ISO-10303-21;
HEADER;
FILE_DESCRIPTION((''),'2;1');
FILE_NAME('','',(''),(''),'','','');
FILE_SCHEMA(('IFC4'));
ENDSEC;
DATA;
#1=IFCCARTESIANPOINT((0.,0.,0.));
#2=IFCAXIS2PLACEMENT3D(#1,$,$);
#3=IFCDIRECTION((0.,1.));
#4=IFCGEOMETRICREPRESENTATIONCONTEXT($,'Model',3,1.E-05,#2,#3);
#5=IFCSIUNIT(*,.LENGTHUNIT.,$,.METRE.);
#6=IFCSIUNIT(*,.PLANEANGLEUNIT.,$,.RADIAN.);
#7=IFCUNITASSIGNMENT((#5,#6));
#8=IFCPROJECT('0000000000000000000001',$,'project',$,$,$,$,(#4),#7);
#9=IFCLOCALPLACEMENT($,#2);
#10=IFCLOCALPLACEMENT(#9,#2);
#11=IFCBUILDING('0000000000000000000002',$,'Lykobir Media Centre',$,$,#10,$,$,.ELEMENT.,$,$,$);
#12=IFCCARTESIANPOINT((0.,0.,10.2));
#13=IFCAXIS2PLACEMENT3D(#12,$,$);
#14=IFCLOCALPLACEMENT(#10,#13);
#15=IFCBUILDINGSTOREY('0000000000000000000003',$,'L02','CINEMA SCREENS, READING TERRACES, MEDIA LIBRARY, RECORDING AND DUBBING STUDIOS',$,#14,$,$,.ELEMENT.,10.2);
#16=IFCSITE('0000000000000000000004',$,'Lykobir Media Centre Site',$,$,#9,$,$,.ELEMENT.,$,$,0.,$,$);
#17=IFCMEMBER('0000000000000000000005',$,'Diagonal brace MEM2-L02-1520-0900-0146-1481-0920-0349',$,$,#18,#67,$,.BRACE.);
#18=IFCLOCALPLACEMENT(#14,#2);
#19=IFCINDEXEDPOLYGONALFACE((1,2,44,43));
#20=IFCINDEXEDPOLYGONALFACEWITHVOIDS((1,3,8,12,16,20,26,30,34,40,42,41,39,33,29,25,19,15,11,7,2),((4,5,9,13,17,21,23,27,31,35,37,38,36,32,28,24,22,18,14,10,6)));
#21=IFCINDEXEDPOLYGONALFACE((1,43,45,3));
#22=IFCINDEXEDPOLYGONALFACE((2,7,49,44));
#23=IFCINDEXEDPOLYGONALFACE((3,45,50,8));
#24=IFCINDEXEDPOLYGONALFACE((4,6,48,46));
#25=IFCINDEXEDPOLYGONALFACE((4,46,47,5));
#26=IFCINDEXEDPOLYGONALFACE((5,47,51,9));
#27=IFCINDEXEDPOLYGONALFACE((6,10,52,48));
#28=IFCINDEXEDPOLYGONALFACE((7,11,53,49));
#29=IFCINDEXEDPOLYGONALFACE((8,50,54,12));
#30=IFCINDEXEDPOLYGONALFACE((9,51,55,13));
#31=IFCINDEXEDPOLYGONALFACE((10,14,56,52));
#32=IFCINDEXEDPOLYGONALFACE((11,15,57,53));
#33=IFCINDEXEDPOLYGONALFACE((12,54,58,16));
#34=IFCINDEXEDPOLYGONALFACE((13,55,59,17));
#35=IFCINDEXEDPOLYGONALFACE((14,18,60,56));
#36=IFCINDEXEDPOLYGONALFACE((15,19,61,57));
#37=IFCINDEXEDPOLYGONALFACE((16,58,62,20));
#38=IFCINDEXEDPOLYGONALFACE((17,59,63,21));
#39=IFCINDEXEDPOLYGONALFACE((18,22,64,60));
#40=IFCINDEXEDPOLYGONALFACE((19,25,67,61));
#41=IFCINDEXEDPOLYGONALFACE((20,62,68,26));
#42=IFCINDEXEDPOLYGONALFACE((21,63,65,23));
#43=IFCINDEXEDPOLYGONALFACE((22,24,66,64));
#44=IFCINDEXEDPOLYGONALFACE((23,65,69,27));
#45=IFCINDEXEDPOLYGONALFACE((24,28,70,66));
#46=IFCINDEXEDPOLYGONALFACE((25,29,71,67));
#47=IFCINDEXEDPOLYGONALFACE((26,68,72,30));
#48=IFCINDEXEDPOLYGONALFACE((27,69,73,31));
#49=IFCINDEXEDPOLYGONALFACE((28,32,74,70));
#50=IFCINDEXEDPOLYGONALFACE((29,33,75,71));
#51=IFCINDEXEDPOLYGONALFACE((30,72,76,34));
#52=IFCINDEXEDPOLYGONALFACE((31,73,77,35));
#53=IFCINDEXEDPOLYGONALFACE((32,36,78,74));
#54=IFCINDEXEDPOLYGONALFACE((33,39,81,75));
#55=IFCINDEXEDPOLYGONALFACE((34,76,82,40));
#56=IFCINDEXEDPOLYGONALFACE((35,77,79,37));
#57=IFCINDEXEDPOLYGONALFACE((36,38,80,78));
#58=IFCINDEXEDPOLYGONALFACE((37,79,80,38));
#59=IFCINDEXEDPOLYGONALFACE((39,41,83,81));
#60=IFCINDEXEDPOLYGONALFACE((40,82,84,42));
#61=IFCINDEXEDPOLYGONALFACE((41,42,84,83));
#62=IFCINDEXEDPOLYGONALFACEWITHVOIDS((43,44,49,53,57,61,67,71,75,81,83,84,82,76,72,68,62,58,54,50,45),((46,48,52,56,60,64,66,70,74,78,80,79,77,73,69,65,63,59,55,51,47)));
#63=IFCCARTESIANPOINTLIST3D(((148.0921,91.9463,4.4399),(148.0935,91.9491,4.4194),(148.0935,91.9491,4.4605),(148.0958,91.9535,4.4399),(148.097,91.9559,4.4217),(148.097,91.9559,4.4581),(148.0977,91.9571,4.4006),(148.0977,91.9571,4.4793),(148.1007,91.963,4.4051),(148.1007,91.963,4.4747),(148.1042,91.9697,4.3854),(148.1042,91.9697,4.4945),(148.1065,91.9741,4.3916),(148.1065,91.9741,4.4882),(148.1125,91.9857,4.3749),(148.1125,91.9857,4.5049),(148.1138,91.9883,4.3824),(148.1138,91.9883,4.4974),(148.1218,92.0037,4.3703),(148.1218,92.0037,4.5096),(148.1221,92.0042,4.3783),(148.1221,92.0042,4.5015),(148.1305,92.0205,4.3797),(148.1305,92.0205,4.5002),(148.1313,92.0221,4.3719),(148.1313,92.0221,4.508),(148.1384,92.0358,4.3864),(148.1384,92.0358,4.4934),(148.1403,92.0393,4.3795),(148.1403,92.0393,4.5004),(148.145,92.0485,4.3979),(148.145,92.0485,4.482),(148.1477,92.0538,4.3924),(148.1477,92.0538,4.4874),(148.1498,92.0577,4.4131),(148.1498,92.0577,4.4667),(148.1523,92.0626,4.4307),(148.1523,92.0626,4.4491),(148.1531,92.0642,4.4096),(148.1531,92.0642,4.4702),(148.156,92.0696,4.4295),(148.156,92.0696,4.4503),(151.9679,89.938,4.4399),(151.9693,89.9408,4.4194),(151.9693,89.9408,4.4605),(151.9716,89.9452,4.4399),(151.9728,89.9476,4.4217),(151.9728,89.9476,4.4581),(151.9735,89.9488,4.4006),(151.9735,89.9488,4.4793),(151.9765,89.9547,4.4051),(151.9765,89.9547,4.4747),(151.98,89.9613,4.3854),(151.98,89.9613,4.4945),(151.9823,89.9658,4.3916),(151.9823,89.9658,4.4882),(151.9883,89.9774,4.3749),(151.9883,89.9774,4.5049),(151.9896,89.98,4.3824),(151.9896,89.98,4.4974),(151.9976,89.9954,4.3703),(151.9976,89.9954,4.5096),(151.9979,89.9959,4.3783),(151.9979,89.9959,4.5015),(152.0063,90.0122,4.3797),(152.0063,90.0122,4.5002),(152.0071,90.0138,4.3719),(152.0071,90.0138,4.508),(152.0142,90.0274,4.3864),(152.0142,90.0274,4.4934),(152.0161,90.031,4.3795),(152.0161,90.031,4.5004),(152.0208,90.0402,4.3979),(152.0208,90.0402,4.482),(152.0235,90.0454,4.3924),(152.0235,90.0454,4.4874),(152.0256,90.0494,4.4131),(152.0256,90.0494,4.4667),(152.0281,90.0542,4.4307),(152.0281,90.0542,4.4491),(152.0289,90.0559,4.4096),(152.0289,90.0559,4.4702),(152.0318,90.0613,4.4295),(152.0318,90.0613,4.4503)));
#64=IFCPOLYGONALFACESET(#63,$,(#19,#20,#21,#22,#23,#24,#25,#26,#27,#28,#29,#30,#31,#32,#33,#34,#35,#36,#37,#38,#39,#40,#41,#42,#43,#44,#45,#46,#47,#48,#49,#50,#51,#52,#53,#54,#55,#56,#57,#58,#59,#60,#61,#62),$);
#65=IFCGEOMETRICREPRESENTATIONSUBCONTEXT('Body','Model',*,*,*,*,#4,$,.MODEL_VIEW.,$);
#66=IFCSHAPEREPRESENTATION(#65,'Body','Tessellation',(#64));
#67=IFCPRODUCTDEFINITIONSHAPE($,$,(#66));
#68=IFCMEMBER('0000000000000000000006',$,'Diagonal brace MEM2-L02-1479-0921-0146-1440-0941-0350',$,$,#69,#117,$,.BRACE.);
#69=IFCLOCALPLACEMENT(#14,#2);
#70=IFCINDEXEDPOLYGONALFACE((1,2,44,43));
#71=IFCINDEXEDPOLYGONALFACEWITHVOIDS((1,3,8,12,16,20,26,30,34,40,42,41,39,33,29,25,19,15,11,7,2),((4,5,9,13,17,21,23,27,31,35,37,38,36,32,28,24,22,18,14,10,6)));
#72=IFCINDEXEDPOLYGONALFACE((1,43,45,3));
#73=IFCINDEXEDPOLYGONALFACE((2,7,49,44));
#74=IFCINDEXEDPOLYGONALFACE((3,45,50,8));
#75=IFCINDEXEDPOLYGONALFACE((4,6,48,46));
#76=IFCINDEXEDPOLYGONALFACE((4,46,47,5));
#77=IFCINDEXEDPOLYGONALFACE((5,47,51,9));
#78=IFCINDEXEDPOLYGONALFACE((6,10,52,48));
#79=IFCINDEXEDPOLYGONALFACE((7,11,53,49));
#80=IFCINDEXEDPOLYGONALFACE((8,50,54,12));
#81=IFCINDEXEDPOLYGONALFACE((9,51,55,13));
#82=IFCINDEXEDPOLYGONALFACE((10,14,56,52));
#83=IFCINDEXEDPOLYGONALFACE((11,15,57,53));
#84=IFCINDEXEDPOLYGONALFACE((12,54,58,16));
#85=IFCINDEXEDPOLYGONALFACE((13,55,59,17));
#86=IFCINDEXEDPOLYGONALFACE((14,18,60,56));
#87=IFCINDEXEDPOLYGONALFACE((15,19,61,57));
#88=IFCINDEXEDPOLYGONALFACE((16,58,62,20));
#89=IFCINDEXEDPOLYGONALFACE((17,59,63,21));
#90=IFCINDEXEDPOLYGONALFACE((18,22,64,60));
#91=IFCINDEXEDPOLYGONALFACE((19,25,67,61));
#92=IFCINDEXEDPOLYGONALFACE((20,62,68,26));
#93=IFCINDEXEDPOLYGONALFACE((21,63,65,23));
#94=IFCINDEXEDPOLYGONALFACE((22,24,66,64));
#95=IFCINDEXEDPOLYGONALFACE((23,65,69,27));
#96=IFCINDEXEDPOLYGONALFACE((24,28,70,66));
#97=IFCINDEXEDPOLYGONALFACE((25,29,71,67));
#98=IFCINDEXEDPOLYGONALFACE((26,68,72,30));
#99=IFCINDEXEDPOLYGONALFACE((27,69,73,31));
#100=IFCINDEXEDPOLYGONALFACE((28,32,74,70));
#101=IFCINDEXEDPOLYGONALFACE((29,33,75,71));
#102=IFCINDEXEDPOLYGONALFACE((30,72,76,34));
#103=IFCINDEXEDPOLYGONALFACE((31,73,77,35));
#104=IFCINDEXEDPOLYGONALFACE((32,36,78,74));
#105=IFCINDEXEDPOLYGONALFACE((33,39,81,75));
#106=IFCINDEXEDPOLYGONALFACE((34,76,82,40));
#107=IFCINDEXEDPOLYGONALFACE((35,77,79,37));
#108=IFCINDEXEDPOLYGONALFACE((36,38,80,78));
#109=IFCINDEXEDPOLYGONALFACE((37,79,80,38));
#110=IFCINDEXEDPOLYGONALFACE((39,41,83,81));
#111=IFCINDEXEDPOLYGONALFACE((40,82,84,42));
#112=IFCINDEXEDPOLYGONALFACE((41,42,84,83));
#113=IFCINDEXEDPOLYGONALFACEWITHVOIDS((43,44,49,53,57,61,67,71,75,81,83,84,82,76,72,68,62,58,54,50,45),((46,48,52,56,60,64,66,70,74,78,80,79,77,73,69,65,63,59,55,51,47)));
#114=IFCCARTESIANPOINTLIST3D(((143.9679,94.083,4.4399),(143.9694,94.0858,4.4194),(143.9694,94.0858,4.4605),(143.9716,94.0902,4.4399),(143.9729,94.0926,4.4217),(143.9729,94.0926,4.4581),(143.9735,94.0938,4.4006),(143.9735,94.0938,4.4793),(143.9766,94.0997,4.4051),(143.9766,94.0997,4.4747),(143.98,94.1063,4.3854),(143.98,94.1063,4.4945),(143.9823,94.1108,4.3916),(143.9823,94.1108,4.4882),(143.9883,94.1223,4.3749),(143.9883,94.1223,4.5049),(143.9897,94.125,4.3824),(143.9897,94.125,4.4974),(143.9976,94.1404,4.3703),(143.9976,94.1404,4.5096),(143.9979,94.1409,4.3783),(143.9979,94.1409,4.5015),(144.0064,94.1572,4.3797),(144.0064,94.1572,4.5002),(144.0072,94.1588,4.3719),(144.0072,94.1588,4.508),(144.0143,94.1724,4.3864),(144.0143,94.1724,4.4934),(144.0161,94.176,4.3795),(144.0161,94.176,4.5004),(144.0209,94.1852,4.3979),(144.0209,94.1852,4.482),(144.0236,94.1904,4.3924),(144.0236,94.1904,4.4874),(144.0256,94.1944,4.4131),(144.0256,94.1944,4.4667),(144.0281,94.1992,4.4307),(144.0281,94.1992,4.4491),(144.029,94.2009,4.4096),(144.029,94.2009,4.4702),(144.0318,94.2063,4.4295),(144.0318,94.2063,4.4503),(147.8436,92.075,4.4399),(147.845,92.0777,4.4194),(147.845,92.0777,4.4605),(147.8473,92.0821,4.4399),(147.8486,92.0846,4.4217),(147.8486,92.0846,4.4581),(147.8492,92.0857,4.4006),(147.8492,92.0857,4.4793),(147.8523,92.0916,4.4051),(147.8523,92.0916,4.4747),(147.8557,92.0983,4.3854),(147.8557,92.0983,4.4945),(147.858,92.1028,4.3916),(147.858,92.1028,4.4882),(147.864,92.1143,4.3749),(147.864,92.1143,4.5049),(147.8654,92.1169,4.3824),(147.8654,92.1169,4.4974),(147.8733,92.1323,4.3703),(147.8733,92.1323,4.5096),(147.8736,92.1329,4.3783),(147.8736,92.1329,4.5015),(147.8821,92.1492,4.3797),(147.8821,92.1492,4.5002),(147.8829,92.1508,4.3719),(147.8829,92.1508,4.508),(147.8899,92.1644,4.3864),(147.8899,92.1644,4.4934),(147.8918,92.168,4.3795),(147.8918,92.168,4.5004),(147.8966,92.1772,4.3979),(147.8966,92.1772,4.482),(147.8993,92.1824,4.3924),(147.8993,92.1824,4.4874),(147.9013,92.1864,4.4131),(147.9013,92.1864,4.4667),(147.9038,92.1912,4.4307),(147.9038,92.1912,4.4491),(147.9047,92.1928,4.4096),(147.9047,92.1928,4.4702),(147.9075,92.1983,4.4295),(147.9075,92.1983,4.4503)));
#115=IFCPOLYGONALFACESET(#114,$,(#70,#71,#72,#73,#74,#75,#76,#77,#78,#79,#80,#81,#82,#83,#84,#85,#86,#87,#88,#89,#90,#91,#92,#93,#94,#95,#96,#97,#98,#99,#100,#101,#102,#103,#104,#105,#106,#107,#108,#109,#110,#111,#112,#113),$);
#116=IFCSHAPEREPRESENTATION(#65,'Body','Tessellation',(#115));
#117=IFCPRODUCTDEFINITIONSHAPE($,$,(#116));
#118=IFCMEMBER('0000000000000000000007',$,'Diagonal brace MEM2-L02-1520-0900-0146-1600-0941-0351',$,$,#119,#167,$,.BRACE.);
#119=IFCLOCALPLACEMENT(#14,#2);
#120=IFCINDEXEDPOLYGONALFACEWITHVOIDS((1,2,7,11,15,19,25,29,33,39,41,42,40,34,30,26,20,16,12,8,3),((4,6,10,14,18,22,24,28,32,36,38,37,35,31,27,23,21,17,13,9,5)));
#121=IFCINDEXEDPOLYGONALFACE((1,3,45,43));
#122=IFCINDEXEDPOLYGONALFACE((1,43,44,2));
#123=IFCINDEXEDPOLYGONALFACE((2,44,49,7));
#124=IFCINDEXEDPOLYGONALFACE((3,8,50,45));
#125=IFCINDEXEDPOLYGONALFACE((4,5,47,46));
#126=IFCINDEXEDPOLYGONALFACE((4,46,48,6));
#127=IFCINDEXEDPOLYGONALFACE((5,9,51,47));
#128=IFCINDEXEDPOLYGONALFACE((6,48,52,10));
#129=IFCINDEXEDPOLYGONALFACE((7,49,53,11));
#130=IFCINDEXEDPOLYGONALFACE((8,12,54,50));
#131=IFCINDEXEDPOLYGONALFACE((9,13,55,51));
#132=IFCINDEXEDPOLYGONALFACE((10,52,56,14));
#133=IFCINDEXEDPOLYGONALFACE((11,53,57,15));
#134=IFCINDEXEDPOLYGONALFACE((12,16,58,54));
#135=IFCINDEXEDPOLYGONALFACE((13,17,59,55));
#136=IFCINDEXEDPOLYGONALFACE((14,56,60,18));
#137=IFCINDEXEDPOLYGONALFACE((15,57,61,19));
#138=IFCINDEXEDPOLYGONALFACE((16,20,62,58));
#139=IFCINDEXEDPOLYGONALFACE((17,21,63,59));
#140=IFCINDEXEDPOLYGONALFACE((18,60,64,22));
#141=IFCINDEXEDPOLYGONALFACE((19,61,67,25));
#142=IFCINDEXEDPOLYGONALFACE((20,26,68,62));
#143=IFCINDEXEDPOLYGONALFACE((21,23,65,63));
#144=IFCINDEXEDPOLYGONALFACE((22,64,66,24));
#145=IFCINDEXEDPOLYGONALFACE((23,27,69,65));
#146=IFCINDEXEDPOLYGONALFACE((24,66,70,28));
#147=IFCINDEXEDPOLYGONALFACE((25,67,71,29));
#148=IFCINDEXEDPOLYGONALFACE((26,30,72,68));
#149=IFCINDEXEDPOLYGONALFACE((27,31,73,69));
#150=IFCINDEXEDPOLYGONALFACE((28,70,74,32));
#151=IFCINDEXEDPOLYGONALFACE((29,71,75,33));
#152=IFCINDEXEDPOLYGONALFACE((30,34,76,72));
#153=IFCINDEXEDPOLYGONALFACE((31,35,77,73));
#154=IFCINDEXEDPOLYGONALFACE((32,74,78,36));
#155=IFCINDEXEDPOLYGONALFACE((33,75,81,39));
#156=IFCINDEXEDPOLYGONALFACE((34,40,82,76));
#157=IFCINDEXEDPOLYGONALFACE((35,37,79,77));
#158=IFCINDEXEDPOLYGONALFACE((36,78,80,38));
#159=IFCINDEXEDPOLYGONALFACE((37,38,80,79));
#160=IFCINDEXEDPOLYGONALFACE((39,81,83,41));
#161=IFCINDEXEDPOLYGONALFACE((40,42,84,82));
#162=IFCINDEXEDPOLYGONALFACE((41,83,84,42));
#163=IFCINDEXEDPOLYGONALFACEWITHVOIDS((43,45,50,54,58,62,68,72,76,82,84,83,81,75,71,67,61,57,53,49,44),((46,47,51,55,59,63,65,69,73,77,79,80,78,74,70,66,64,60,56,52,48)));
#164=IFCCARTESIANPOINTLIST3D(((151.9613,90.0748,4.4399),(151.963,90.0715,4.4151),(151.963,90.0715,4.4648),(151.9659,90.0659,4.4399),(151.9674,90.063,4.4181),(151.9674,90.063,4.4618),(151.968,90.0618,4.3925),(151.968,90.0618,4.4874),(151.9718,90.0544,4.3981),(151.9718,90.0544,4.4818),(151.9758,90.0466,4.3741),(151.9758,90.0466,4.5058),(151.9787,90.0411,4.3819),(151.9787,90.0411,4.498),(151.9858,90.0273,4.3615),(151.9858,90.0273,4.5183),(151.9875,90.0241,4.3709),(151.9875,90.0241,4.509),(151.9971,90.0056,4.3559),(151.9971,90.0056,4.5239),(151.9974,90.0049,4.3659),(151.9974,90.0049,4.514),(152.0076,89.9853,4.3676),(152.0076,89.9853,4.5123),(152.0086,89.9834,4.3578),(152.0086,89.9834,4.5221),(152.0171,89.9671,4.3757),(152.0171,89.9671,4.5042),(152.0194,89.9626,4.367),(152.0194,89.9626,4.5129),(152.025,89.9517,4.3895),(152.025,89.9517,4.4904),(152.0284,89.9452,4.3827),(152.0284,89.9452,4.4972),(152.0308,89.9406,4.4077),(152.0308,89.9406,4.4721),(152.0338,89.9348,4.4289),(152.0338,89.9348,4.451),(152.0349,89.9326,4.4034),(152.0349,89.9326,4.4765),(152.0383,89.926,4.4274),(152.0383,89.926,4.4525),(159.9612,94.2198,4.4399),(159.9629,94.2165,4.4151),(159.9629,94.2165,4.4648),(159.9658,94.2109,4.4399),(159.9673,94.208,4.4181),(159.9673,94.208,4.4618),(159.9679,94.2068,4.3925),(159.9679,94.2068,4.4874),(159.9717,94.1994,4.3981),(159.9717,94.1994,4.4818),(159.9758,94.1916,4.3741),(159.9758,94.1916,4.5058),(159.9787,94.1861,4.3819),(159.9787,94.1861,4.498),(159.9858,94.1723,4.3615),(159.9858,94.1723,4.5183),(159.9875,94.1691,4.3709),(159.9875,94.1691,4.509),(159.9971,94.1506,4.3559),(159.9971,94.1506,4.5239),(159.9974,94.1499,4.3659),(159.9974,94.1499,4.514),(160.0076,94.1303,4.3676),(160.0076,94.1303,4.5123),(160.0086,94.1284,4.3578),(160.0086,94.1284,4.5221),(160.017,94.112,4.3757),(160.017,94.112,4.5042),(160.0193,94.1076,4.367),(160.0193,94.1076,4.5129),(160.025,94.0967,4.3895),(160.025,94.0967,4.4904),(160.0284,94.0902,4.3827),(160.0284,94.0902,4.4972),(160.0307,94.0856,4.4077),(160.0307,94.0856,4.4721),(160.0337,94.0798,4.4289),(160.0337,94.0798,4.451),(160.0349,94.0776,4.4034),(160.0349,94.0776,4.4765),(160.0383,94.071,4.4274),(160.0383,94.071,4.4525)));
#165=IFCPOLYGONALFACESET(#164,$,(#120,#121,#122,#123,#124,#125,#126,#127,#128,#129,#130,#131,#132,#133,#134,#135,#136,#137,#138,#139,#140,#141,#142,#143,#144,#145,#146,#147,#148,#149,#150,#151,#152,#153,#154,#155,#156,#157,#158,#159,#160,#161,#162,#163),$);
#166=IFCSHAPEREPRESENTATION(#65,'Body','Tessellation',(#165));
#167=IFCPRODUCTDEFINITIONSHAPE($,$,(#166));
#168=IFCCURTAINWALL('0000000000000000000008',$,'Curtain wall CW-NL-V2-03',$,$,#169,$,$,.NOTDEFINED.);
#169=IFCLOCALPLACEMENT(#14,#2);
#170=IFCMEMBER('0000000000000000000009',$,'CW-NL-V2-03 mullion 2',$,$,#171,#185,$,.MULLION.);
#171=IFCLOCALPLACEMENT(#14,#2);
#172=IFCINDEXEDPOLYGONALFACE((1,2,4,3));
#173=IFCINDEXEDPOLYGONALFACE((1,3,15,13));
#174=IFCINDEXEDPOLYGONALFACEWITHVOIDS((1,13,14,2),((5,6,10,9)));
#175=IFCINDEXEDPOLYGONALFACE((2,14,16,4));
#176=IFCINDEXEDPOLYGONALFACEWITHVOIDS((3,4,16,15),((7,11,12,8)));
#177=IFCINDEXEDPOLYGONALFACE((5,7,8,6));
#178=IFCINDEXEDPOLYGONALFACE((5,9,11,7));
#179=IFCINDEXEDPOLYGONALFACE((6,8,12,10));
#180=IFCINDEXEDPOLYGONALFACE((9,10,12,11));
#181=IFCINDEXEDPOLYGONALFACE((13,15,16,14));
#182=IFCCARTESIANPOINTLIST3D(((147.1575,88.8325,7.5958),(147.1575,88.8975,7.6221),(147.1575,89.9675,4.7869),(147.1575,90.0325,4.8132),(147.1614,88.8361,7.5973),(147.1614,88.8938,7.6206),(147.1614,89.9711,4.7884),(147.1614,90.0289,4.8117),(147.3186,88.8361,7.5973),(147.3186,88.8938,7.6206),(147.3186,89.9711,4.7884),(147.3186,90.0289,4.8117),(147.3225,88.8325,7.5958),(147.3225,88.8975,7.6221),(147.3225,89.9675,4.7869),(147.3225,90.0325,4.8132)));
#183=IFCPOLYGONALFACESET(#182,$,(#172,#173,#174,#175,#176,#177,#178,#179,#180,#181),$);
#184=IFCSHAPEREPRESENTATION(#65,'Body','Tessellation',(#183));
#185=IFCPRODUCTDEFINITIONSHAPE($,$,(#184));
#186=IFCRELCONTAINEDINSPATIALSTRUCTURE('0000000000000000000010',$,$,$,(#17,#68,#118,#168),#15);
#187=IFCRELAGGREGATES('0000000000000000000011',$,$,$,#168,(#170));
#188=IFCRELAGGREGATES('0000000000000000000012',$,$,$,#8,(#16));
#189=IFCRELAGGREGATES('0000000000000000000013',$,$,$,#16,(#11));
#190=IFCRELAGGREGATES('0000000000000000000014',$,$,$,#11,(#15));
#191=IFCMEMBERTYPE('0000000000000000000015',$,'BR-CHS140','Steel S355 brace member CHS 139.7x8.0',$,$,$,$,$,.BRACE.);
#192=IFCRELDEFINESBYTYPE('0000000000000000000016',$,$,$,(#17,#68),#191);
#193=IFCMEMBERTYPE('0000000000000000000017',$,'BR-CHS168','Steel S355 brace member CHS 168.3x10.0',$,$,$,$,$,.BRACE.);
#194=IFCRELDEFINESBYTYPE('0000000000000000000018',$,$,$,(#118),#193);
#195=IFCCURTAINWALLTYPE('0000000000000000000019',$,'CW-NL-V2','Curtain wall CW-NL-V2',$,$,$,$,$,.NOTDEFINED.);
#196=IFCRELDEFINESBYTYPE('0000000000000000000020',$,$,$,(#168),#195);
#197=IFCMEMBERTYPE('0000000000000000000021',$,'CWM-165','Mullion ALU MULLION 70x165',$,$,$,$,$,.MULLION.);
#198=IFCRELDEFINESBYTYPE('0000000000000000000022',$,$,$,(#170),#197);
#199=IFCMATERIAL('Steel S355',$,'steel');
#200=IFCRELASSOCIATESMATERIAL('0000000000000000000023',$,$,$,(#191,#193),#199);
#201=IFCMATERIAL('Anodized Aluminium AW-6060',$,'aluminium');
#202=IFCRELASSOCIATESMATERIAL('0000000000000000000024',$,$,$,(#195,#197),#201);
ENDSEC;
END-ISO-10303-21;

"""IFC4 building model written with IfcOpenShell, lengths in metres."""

from ifc_helpers import new_model, si_unit, direction, frame, origin, origin_2d, place, context, subcontext, project, spatial, hollow_rectangle, hollow_circle, extrude, material, material_profile, profile_set, type_object, element, aggregate, save


model = new_model("IFC4")

# Units and contexts
model_context = context("Model", 3, precision=1e-05, world=origin(), true_north=direction((0.0, 1.0)))
body_context = subcontext(model_context, "Body", "Model", "MODEL_VIEW")
ifc_project = project(units=[si_unit("LENGTHUNIT", "METRE"), si_unit("PLANEANGLEUNIT", "RADIAN")], contexts=[model_context])

# Site, building, storey
site_placement = place(None, origin())
site = spatial("IfcSite", under=ifc_project, at=site_placement, Name="Lykobir Media Centre Site", CompositionType="ELEMENT", RefElevation=0.0)
building_placement = place(site_placement, origin())
building = spatial("IfcBuilding", under=site, at=building_placement, Name="Lykobir Media Centre", CompositionType="ELEMENT")
storey_placement = place(building_placement, frame((0.0, 0.0, 10.2)))
storey = spatial("IfcBuildingStorey", under=building, at=storey_placement, Name="L02", Description="CINEMA SCREENS, READING TERRACES, MEDIA LIBRARY, RECORDING AND DUBBING STUDIOS", CompositionType="ELEMENT", Elevation=10.2)

# Members
ifc_material_1 = material(Name="Steel S355", Category="steel")
ifc_material_profile_1 = material_profile(ifc_material_1, hollow_circle(Radius=0.0698, WallThickness=0.0081, at=origin_2d()), Name="CHS 139.7x8.0")
ifc_profile_set_1 = profile_set([ifc_material_profile_1], Name="Steel S355")
member_type_1 = type_object("IfcMemberType", Name="BR-CHS140", Description="Steel S355 brace member CHS 139.7x8.0", PredefinedType="BRACE", material=ifc_profile_set_1)
member_1_placement = place(storey_placement, frame((152.0, 90.0, 4.4399), z_axis=(-0.88788, 0.460076, 0.0), x_axis=(-0.460076, -0.88788, 0.0)))
element("IfcMember", 1, at=member_1_placement, inside=storey, type_object=member_type_1, Name="Diagonal brace MEM2-L02-1520-0900-0146-1481-0920-0349", PredefinedType="BRACE", context=body_context, shape_type="SweptSolid", body=[
    extrude(hollow_circle(Radius=0.0698, WallThickness=0.0081, at=origin_2d()), origin(), (0.0, 0.0, 1.0), 4.3652),
])
member_2_placement = place(storey_placement, frame((147.8757, 92.137, 4.4399), z_axis=(-0.887903, 0.460031, 0.0), x_axis=(-0.460031, -0.887903, 0.0)))
element("IfcMember", 2, at=member_2_placement, inside=storey, type_object=member_type_1, Name="Diagonal brace MEM2-L02-1479-0921-0146-1440-0941-0350", PredefinedType="BRACE", context=body_context, shape_type="SweptSolid", body=[
    extrude(hollow_circle(Radius=0.0698, WallThickness=0.0081, at=origin_2d()), origin(), (0.0, 0.0, 1.0), 4.365),
])
ifc_material_profile_2 = material_profile(ifc_material_1, hollow_circle(Radius=0.0842, WallThickness=0.01, at=origin_2d()), Name="CHS 168.3x10.0")
ifc_profile_set_2 = profile_set([ifc_material_profile_2], Name="Steel S355")
member_type_2 = type_object("IfcMemberType", Name="BR-CHS168", Description="Steel S355 brace member CHS 168.3x10.0", PredefinedType="BRACE", material=ifc_profile_set_2)
member_3_placement = place(storey_placement, frame((152.0, 90.0, 4.4399), z_axis=(0.887896, 0.460043, 0.0), x_axis=(-0.460043, 0.887896, 0.0)))
element("IfcMember", 3, at=member_3_placement, inside=storey, type_object=member_type_2, Name="Diagonal brace MEM2-L02-1520-0900-0146-1600-0941-0351", PredefinedType="BRACE", context=body_context, shape_type="SweptSolid", body=[
    extrude(hollow_circle(Radius=0.0842, WallThickness=0.01, at=origin_2d()), origin(), (0.0, 0.0, 1.0), 9.01),
])

# Curtain wall, member
ifc_material_2 = material(Name="Anodized Aluminium AW-6060", Category="aluminium")
curtain_wall_type = type_object("IfcCurtainWallType", Name="CW-NL-V2", Description="Curtain wall CW-NL-V2", PredefinedType="NOTDEFINED", material=ifc_material_2)
curtain_wall_1_placement = place(storey_placement, origin())
curtain_wall_1 = element("IfcCurtainWall", 4, at=curtain_wall_1_placement, inside=storey, type_object=curtain_wall_type, Name="Curtain wall CW-NL-V2-03", PredefinedType="NOTDEFINED")
ifc_material_profile_3 = material_profile(ifc_material_2, hollow_rectangle(XDim=0.0701, YDim=0.165, WallThickness=0.0039, at=origin_2d()), Name="ALU MULLION 70x165")
ifc_profile_set_3 = profile_set([ifc_material_profile_3], Name="Anodized Aluminium AW-6060")
member_type_3 = type_object("IfcMemberType", Name="CWM-165", Description="Mullion ALU MULLION 70x165", PredefinedType="MULLION", material=ifc_profile_set_3)
member_4_placement = place(storey_placement, frame((147.24, 90.0, 4.8), z_axis=(0.0, -0.374654, 0.927165), x_axis=(0.0, 0.927165, 0.374654)))
member_4 = element("IfcMember", 5, at=member_4_placement, type_object=member_type_3, Name="CW-NL-V2-03 mullion 2", PredefinedType="MULLION", context=body_context, shape_type="SweptSolid", body=[
    extrude(hollow_rectangle(XDim=0.0701, YDim=0.165, WallThickness=0.0039, at=origin_2d()), origin(), (0.0, 0.0, 1.0), 3.0295),
])
aggregate(curtain_wall_1, [member_4])

save(model, "model.ifc")
